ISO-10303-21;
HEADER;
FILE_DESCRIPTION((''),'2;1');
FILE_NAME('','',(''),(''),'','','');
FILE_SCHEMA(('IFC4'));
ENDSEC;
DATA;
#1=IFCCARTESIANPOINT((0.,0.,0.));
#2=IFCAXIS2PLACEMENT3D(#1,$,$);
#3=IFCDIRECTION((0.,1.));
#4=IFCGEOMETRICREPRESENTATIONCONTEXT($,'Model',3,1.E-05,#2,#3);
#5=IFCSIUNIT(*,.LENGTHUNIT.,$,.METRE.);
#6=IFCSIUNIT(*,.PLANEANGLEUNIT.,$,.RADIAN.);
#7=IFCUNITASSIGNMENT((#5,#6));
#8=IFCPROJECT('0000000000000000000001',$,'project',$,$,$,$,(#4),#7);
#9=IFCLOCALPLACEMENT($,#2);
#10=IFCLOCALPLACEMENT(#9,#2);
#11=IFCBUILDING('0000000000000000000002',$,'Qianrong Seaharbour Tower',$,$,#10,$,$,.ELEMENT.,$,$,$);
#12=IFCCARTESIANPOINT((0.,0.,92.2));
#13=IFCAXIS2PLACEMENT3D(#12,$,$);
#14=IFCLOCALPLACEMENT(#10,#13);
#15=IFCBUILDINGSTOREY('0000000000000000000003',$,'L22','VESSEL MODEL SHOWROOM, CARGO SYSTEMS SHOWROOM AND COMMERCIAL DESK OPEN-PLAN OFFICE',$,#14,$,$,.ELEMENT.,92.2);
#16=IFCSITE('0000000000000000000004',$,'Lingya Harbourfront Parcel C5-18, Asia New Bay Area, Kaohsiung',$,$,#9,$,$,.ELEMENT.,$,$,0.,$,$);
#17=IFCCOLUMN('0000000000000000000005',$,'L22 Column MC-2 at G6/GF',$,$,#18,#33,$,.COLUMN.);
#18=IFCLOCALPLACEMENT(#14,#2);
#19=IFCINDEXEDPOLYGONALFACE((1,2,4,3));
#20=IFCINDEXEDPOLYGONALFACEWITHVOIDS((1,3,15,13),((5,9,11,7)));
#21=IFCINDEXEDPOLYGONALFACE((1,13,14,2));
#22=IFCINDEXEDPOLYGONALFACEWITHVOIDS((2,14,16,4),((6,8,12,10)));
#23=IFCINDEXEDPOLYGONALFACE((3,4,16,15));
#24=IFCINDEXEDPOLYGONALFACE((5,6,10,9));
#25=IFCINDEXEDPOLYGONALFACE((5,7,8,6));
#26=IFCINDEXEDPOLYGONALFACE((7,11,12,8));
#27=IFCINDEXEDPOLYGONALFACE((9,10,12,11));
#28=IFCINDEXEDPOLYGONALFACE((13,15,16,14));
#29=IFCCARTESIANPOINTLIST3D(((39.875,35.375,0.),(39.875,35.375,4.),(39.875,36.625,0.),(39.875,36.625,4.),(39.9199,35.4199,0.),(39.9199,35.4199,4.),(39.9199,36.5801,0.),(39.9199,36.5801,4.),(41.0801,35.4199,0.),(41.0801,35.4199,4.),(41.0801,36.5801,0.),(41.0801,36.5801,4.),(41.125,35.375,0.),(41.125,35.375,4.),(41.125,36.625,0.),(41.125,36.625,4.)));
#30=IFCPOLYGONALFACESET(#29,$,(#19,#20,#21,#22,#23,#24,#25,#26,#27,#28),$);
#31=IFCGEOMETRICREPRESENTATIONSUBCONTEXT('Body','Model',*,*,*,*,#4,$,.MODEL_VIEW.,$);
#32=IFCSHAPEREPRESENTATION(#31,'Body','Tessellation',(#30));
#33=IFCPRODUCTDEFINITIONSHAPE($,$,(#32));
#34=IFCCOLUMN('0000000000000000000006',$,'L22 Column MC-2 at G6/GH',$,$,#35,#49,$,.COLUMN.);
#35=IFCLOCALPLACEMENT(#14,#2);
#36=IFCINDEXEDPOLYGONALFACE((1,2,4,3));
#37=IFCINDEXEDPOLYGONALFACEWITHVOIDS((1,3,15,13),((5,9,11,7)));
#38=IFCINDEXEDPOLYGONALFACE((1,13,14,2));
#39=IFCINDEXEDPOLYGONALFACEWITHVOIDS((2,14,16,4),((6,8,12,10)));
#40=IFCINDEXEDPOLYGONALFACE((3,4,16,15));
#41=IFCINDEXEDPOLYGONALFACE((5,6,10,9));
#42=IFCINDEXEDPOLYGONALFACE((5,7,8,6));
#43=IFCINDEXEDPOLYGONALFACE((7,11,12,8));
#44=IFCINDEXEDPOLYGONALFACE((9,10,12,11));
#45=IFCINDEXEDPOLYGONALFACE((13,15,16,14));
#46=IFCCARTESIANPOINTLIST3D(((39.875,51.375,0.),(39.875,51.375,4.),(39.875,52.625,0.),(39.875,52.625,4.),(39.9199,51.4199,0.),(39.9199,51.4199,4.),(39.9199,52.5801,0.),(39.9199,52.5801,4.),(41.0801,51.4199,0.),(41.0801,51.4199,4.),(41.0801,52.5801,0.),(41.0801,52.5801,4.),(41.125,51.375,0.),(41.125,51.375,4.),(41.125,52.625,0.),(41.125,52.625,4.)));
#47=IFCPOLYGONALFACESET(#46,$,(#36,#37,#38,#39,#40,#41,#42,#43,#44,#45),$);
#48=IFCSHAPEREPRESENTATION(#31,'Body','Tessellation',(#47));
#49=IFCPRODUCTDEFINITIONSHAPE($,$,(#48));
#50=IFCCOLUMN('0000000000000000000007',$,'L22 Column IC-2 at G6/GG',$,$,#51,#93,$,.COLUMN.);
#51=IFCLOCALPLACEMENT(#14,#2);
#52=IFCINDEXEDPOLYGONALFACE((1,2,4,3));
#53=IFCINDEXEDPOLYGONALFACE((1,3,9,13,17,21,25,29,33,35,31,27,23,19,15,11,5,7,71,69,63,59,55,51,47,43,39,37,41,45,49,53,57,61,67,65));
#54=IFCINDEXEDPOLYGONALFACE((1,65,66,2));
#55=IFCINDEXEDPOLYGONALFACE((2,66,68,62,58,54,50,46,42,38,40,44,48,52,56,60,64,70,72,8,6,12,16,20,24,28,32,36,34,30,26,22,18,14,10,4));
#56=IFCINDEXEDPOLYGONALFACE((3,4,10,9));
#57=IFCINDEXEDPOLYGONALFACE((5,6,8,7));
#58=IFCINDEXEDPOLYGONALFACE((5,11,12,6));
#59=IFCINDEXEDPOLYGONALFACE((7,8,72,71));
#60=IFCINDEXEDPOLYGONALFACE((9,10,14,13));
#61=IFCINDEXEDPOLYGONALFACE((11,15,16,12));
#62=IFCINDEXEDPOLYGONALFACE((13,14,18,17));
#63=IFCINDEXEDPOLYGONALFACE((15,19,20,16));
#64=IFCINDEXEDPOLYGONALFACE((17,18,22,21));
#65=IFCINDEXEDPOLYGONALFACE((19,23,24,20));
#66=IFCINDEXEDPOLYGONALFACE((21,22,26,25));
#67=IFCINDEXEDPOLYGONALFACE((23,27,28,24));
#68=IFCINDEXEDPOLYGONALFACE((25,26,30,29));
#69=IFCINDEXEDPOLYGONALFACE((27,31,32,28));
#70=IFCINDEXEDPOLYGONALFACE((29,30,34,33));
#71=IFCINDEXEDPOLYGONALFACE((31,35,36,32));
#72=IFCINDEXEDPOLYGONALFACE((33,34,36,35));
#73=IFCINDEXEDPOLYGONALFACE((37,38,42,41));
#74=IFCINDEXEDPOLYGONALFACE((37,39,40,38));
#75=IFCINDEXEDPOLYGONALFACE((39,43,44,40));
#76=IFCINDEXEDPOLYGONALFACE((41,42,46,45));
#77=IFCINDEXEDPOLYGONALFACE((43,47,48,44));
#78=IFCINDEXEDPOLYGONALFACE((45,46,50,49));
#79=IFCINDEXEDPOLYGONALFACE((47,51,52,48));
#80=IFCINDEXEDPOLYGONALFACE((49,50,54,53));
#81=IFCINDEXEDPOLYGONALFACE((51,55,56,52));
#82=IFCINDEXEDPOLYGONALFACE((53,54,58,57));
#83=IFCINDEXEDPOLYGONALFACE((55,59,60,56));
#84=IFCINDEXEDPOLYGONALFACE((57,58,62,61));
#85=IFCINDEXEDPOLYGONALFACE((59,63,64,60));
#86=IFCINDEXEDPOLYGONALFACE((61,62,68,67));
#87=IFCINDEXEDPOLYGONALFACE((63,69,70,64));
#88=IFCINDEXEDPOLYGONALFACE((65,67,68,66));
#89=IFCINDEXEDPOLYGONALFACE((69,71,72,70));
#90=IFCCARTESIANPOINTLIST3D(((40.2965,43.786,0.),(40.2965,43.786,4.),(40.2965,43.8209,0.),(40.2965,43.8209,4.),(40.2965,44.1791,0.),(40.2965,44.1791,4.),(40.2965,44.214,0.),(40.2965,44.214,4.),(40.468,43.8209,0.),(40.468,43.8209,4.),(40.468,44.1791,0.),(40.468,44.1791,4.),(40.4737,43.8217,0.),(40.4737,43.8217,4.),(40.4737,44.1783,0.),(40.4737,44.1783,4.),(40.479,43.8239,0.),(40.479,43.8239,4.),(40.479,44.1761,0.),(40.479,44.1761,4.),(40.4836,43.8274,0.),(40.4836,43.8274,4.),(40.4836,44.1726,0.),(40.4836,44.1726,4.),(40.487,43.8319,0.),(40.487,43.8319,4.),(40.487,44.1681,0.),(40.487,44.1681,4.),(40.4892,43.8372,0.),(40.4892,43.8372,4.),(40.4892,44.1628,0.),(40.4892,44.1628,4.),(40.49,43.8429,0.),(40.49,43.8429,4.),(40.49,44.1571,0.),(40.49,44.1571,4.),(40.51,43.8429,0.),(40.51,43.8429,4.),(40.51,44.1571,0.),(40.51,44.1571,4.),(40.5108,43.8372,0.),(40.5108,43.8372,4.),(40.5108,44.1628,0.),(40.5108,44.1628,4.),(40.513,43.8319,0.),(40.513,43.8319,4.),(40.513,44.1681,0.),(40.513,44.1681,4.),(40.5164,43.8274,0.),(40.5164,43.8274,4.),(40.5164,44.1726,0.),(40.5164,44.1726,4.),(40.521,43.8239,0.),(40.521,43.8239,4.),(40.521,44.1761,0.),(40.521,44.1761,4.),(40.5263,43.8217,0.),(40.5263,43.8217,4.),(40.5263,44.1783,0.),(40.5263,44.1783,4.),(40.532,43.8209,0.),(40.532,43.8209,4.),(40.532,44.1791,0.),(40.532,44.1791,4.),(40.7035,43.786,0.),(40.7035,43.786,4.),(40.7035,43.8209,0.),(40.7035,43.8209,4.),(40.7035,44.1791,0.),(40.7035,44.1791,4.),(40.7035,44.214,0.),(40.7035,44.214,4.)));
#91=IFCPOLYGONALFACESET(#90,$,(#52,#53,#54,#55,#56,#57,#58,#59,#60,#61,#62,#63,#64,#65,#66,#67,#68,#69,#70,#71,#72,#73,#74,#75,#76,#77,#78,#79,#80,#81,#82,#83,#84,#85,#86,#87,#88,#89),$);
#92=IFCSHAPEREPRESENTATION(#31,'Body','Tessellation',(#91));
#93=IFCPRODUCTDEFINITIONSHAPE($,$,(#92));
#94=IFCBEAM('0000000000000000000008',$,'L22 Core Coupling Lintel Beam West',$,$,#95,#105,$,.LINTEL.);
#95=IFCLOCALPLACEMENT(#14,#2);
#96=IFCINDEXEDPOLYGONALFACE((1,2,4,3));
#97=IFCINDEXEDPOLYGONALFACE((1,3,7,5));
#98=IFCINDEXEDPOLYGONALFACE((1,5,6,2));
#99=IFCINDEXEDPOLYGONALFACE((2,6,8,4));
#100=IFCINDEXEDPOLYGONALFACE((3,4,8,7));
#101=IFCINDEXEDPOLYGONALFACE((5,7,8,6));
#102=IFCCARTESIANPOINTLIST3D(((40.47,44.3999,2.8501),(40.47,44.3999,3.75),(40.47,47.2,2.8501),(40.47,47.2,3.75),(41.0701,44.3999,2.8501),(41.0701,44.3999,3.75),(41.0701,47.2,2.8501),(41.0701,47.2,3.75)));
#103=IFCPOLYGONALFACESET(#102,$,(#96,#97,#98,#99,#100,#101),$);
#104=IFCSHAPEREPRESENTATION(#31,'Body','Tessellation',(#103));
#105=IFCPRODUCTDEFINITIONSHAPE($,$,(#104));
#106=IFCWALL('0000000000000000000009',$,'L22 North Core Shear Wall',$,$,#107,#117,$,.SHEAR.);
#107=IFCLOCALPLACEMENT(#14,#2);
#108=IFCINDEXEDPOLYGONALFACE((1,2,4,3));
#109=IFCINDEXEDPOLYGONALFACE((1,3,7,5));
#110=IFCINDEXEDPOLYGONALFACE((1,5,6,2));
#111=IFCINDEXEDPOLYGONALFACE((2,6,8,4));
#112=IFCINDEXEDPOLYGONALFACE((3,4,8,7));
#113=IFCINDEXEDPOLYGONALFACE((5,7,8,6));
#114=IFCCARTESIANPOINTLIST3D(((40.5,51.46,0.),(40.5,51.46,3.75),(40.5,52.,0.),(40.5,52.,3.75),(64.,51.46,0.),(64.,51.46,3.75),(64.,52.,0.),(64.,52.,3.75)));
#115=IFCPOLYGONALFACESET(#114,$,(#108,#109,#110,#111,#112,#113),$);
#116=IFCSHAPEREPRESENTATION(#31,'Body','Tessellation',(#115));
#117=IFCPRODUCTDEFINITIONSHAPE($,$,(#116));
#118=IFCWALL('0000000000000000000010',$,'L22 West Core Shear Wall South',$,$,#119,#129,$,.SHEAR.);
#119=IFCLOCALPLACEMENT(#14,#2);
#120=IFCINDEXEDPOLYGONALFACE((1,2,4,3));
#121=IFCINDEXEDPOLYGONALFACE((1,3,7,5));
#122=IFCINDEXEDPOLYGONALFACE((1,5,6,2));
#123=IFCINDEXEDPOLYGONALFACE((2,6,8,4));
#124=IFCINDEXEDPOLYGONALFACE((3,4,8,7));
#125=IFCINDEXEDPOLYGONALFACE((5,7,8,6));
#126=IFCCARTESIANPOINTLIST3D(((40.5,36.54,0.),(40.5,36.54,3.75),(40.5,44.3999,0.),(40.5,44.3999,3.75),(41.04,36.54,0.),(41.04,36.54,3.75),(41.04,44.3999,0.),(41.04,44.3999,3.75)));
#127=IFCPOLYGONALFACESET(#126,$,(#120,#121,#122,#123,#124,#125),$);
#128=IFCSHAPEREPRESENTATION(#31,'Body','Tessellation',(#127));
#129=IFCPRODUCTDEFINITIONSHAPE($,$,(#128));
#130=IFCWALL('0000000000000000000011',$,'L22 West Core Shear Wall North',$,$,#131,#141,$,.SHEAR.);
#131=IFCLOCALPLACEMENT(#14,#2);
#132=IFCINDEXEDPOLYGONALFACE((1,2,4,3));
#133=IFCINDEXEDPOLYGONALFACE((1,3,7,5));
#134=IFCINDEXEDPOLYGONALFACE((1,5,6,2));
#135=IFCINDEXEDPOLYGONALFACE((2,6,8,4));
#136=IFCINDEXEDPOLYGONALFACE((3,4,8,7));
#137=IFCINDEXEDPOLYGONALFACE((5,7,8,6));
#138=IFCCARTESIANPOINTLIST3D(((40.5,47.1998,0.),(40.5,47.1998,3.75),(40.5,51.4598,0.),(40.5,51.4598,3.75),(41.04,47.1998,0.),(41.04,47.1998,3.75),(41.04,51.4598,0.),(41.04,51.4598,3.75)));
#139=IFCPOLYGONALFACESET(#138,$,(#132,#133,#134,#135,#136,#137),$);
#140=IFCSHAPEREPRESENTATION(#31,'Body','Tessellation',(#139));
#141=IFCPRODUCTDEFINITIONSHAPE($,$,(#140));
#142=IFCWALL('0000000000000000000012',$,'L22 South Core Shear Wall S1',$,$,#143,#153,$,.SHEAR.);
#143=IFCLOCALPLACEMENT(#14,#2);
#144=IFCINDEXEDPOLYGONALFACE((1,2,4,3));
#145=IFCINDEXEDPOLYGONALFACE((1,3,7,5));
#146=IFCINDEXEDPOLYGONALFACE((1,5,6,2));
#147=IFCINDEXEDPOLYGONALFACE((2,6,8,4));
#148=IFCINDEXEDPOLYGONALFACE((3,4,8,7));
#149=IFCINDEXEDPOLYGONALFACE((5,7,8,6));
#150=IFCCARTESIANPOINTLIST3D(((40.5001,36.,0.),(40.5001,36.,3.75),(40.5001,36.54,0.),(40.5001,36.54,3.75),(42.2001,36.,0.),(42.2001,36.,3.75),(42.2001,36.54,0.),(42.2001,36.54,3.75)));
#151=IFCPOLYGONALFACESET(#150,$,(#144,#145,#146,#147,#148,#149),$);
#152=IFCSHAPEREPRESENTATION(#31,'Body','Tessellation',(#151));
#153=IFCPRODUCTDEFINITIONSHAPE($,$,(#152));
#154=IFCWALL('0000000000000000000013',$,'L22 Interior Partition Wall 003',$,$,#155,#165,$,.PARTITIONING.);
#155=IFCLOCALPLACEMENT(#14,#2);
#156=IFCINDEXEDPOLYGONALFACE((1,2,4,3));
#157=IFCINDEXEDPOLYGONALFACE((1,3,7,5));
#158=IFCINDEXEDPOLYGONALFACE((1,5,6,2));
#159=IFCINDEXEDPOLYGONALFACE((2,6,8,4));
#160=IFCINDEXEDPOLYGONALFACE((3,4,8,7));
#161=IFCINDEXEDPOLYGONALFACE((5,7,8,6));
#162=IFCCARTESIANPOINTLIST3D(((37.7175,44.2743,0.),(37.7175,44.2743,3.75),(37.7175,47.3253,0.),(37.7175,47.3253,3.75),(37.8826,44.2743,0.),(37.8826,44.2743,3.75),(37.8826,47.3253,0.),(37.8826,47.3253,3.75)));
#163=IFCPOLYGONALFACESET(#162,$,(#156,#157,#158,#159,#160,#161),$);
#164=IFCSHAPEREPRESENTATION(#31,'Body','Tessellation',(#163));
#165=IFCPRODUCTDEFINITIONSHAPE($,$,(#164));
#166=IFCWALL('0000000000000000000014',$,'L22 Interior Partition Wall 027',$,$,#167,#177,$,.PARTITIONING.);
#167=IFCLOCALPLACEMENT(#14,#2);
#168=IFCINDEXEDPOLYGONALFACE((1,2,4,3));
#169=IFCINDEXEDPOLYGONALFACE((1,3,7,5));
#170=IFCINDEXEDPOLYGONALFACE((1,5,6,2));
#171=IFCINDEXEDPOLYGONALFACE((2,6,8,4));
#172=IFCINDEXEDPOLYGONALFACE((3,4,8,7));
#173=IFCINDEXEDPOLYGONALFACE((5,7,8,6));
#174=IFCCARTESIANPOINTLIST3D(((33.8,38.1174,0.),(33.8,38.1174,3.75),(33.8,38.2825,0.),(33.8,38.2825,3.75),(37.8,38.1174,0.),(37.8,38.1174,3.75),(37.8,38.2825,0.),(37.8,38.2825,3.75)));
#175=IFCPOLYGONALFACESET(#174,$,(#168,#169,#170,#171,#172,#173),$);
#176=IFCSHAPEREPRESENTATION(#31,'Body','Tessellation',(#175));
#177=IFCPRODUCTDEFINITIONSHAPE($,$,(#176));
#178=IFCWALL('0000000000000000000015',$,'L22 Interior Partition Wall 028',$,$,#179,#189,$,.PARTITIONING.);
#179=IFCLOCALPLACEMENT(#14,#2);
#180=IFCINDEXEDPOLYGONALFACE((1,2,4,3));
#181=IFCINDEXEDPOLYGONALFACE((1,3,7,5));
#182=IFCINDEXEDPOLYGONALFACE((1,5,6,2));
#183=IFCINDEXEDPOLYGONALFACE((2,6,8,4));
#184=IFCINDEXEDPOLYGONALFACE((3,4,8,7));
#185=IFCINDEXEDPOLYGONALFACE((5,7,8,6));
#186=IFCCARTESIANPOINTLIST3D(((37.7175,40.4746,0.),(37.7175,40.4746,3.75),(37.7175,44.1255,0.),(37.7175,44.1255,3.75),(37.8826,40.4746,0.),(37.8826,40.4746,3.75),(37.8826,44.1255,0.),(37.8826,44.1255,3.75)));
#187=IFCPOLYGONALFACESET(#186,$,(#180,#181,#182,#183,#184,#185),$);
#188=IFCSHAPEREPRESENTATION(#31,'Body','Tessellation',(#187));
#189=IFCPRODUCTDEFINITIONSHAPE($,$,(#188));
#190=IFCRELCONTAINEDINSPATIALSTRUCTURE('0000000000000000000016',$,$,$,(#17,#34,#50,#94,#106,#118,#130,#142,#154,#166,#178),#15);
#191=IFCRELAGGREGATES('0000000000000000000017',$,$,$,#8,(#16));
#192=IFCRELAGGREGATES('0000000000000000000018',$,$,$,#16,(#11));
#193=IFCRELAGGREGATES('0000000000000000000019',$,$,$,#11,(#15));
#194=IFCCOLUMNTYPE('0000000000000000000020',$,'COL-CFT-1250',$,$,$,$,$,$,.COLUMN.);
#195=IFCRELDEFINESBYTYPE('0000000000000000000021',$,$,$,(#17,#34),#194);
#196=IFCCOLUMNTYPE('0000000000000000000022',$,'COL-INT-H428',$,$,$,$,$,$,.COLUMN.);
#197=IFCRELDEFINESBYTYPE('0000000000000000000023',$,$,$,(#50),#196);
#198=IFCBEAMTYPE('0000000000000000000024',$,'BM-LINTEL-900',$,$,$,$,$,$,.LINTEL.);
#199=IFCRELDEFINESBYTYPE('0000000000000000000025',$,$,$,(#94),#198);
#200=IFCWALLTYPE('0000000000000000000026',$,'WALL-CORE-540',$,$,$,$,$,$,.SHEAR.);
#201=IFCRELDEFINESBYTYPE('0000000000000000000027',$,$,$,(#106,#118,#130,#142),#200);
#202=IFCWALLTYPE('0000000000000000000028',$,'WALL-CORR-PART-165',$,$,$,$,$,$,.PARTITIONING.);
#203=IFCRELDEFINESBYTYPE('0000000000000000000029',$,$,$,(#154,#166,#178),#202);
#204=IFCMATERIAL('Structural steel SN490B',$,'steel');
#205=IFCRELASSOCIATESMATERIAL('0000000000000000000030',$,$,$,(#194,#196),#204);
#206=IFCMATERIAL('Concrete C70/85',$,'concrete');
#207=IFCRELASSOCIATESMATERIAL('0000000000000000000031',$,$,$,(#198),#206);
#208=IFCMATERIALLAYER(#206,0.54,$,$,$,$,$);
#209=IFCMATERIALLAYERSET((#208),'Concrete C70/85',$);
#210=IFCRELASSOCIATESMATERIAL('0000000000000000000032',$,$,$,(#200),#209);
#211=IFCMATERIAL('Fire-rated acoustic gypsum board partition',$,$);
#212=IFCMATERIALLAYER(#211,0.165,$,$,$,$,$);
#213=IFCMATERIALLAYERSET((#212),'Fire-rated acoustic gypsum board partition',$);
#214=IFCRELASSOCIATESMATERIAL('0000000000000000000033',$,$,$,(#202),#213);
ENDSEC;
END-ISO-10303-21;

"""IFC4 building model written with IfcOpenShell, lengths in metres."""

from ifc_helpers import new_model, si_unit, direction, frame, frame_2d, origin, origin_2d, place, context, subcontext, project, spatial, rectangle, hollow_rectangle, i_section, extrude, material, layer, layer_set, material_profile, profile_set, type_object, element, save


model = new_model("IFC4")

# Units and contexts
model_context = context("Model", 3, precision=1e-05, world=origin(), true_north=direction((0.0, 1.0)))
body_context = subcontext(model_context, "Body", "Model", "MODEL_VIEW")
ifc_project = project(units=[si_unit("LENGTHUNIT", "METRE"), si_unit("PLANEANGLEUNIT", "RADIAN")], contexts=[model_context])

# Site, building, storey
site_placement = place(None, origin())
site = spatial("IfcSite", under=ifc_project, at=site_placement, Name="Lingya Harbourfront Parcel C5-18, Asia New Bay Area, Kaohsiung", CompositionType="ELEMENT", RefElevation=0.0)
building_placement = place(site_placement, origin())
building = spatial("IfcBuilding", under=site, at=building_placement, Name="Qianrong Seaharbour Tower", CompositionType="ELEMENT")
storey_placement = place(building_placement, frame((0.0, 0.0, 92.2)))
storey = spatial("IfcBuildingStorey", under=building, at=storey_placement, Name="L22", Description="VESSEL MODEL SHOWROOM, CARGO SYSTEMS SHOWROOM AND COMMERCIAL DESK OPEN-PLAN OFFICE", CompositionType="ELEMENT", Elevation=92.2)

# Columns
ifc_material_1 = material(Name="Structural steel SN490B", Category="steel")
ifc_material_profile_1 = material_profile(ifc_material_1, hollow_rectangle(XDim=1.25, YDim=1.25, WallThickness=0.0449, at=origin_2d()), Name="BOX1250x1250x45")
ifc_profile_set_1 = profile_set([ifc_material_profile_1], Name="Structural steel SN490B")
column_type_1 = type_object("IfcColumnType", Name="COL-CFT-1250", PredefinedType="COLUMN", material=ifc_profile_set_1)
for number, where, z_axis, x_axis, name in (
    (1, (40.5, 36.0, 0.0), (0.0, 0.0, 1.0), (1.0, 0.0, 0.0), "L22 Column MC-2 at G6/GF"),
    (2, (40.5, 52.0, 0.0), (0.0, 0.0, 1.0), (1.0, 0.0, 0.0), "L22 Column MC-2 at G6/GH"),
):
    element("IfcColumn", number, at=place(storey_placement, frame(where, z_axis=z_axis, x_axis=x_axis)), inside=storey, type_object=column_type_1, Name=name, PredefinedType="COLUMN", context=body_context, shape_type="SweptSolid", body=[
        extrude(hollow_rectangle(XDim=1.25, YDim=1.25, WallThickness=0.0449, at=origin_2d()), origin(), (0.0, 0.0, 1.0), 4.0),
    ])
ifc_material_profile_2 = material_profile(ifc_material_1, i_section(OverallWidth=0.407, OverallDepth=0.428, WebThickness=0.02, FlangeThickness=0.0349, FilletRadius=0.022, at=origin_2d()), Name="H428x407x20x35")
ifc_profile_set_2 = profile_set([ifc_material_profile_2], Name="Structural steel SN490B")
column_type_2 = type_object("IfcColumnType", Name="COL-INT-H428", PredefinedType="COLUMN", material=ifc_profile_set_2)
column_placement = place(storey_placement, frame((40.5, 44.0, 0.0), z_axis=(0.0, 0.0, 1.0), x_axis=(1.0, 0.0, 0.0)))
element("IfcColumn", 3, at=column_placement, inside=storey, type_object=column_type_2, Name="L22 Column IC-2 at G6/GG", PredefinedType="COLUMN", context=body_context, shape_type="SweptSolid", body=[
    extrude(i_section(OverallWidth=0.407, OverallDepth=0.428, WebThickness=0.02, FlangeThickness=0.0349, FilletRadius=0.022, at=origin_2d()), origin(), (0.0, 0.0, 1.0), 4.0),
])

# Beam
ifc_material_2 = material(Name="Concrete C70/85", Category="concrete")
ifc_material_profile_3 = material_profile(ifc_material_2, rectangle(XDim=0.6001, YDim=0.8999, at=origin_2d()), Name="RC600x900")
ifc_profile_set_3 = profile_set([ifc_material_profile_3], Name="Concrete C70/85")
beam_type = type_object("IfcBeamType", Name="BM-LINTEL-900", PredefinedType="LINTEL", material=ifc_profile_set_3)
beam_placement = place(storey_placement, frame((40.77, 44.3999, 3.3), z_axis=(0.0, 1.0, 0.0), x_axis=(-1.0, 0.0, 0.0)))
element("IfcBeam", 4, at=beam_placement, inside=storey, type_object=beam_type, Name="L22 Core Coupling Lintel Beam West", PredefinedType="LINTEL", context=body_context, shape_type="SweptSolid", body=[
    extrude(rectangle(XDim=0.6001, YDim=0.8999, at=origin_2d()), origin(), (0.0, 0.0, 1.0), 2.8),
])

# Walls
ifc_layer_1 = layer(ifc_material_2, 0.54)
ifc_layer_set_1 = layer_set([ifc_layer_1], Name="Concrete C70/85")
wall_type_1 = type_object("IfcWallType", Name="WALL-CORE-540", PredefinedType="SHEAR", material=ifc_layer_set_1)
wall_1_placement = place(storey_placement, frame((40.5, 51.73, 0.0), z_axis=(0.0, 0.0, 1.0), x_axis=(1.0, 0.0, 0.0)))
element("IfcWall", 5, at=wall_1_placement, inside=storey, type_object=wall_type_1, Name="L22 North Core Shear Wall", PredefinedType="SHEAR", context=body_context, shape_type="SweptSolid", body=[
    extrude(rectangle(XDim=23.5, YDim=0.54, at=frame_2d((11.75, 0.0))), origin(), (0.0, 0.0, 1.0), 3.75),
])
wall_2_placement = place(storey_placement, frame((40.77, 36.54, 0.0), z_axis=(0.0, 0.0, 1.0), x_axis=(0.0, 1.0, 0.0)))
element("IfcWall", 6, at=wall_2_placement, inside=storey, type_object=wall_type_1, Name="L22 West Core Shear Wall South", PredefinedType="SHEAR", context=body_context, shape_type="SweptSolid", body=[
    extrude(rectangle(XDim=7.8599, YDim=0.54, at=frame_2d((3.9299, 0.0))), origin(), (0.0, 0.0, 1.0), 3.75),
])
wall_3_placement = place(storey_placement, frame((40.77, 47.2, 0.0), z_axis=(0.0, 0.0, 1.0), x_axis=(0.0, 1.0, 0.0)))
element("IfcWall", 7, at=wall_3_placement, inside=storey, type_object=wall_type_1, Name="L22 West Core Shear Wall North", PredefinedType="SHEAR", context=body_context, shape_type="SweptSolid", body=[
    extrude(rectangle(XDim=4.26, YDim=0.54, at=frame_2d((2.1299, 0.0))), origin(), (0.0, 0.0, 1.0), 3.75),
])
wall_4_placement = place(storey_placement, frame((40.5, 36.27, 0.0), z_axis=(0.0, 0.0, 1.0), x_axis=(1.0, 0.0, 0.0)))
element("IfcWall", 8, at=wall_4_placement, inside=storey, type_object=wall_type_1, Name="L22 South Core Shear Wall S1", PredefinedType="SHEAR", context=body_context, shape_type="SweptSolid", body=[
    extrude(rectangle(XDim=1.7, YDim=0.54, at=frame_2d((0.8501, 0.0))), origin(), (0.0, 0.0, 1.0), 3.75),
])

# Shared definitions
ifc_material_3 = material(Name="Fire-rated acoustic gypsum board partition")
ifc_layer_2 = layer(ifc_material_3, 0.165)
ifc_layer_set_2 = layer_set([ifc_layer_2], Name="Fire-rated acoustic gypsum board partition")
wall_type_2 = type_object("IfcWallType", Name="WALL-CORR-PART-165", PredefinedType="PARTITIONING", material=ifc_layer_set_2)

# Wall
wall_5_placement = place(storey_placement, frame((37.8, 44.2744, 0.0), z_axis=(0.0, 0.0, 1.0), x_axis=(0.0, 1.0, 0.0)))
element("IfcWall", 9, at=wall_5_placement, inside=storey, type_object=wall_type_2, Name="L22 Interior Partition Wall 003", PredefinedType="PARTITIONING", context=body_context, shape_type="SweptSolid", body=[
    extrude(rectangle(XDim=3.051, YDim=0.165, at=frame_2d((1.5254, 0.0))), origin(), (0.0, 0.0, 1.0), 3.75),
])

# Walls
wall_6_placement = place(storey_placement, frame((37.8, 38.2, 0.0), z_axis=(0.0, 0.0, 1.0), x_axis=(-1.0, 0.0, 0.0)))
element("IfcWall", 10, at=wall_6_placement, inside=storey, type_object=wall_type_2, Name="L22 Interior Partition Wall 027", PredefinedType="PARTITIONING", context=body_context, shape_type="SweptSolid", body=[
    extrude(rectangle(XDim=4.0, YDim=0.165, at=frame_2d((2.0, 0.0))), origin(), (0.0, 0.0, 1.0), 3.75),
])
wall_7_placement = place(storey_placement, frame((37.8, 40.4746, 0.0), z_axis=(0.0, 0.0, 1.0), x_axis=(0.0, 1.0, 0.0)))
element("IfcWall", 11, at=wall_7_placement, inside=storey, type_object=wall_type_2, Name="L22 Interior Partition Wall 028", PredefinedType="PARTITIONING", context=body_context, shape_type="SweptSolid", body=[
    extrude(rectangle(XDim=3.6509, YDim=0.165, at=frame_2d((1.8254, 0.0))), origin(), (0.0, 0.0, 1.0), 3.75),
])

save(model, "model.ifc")
